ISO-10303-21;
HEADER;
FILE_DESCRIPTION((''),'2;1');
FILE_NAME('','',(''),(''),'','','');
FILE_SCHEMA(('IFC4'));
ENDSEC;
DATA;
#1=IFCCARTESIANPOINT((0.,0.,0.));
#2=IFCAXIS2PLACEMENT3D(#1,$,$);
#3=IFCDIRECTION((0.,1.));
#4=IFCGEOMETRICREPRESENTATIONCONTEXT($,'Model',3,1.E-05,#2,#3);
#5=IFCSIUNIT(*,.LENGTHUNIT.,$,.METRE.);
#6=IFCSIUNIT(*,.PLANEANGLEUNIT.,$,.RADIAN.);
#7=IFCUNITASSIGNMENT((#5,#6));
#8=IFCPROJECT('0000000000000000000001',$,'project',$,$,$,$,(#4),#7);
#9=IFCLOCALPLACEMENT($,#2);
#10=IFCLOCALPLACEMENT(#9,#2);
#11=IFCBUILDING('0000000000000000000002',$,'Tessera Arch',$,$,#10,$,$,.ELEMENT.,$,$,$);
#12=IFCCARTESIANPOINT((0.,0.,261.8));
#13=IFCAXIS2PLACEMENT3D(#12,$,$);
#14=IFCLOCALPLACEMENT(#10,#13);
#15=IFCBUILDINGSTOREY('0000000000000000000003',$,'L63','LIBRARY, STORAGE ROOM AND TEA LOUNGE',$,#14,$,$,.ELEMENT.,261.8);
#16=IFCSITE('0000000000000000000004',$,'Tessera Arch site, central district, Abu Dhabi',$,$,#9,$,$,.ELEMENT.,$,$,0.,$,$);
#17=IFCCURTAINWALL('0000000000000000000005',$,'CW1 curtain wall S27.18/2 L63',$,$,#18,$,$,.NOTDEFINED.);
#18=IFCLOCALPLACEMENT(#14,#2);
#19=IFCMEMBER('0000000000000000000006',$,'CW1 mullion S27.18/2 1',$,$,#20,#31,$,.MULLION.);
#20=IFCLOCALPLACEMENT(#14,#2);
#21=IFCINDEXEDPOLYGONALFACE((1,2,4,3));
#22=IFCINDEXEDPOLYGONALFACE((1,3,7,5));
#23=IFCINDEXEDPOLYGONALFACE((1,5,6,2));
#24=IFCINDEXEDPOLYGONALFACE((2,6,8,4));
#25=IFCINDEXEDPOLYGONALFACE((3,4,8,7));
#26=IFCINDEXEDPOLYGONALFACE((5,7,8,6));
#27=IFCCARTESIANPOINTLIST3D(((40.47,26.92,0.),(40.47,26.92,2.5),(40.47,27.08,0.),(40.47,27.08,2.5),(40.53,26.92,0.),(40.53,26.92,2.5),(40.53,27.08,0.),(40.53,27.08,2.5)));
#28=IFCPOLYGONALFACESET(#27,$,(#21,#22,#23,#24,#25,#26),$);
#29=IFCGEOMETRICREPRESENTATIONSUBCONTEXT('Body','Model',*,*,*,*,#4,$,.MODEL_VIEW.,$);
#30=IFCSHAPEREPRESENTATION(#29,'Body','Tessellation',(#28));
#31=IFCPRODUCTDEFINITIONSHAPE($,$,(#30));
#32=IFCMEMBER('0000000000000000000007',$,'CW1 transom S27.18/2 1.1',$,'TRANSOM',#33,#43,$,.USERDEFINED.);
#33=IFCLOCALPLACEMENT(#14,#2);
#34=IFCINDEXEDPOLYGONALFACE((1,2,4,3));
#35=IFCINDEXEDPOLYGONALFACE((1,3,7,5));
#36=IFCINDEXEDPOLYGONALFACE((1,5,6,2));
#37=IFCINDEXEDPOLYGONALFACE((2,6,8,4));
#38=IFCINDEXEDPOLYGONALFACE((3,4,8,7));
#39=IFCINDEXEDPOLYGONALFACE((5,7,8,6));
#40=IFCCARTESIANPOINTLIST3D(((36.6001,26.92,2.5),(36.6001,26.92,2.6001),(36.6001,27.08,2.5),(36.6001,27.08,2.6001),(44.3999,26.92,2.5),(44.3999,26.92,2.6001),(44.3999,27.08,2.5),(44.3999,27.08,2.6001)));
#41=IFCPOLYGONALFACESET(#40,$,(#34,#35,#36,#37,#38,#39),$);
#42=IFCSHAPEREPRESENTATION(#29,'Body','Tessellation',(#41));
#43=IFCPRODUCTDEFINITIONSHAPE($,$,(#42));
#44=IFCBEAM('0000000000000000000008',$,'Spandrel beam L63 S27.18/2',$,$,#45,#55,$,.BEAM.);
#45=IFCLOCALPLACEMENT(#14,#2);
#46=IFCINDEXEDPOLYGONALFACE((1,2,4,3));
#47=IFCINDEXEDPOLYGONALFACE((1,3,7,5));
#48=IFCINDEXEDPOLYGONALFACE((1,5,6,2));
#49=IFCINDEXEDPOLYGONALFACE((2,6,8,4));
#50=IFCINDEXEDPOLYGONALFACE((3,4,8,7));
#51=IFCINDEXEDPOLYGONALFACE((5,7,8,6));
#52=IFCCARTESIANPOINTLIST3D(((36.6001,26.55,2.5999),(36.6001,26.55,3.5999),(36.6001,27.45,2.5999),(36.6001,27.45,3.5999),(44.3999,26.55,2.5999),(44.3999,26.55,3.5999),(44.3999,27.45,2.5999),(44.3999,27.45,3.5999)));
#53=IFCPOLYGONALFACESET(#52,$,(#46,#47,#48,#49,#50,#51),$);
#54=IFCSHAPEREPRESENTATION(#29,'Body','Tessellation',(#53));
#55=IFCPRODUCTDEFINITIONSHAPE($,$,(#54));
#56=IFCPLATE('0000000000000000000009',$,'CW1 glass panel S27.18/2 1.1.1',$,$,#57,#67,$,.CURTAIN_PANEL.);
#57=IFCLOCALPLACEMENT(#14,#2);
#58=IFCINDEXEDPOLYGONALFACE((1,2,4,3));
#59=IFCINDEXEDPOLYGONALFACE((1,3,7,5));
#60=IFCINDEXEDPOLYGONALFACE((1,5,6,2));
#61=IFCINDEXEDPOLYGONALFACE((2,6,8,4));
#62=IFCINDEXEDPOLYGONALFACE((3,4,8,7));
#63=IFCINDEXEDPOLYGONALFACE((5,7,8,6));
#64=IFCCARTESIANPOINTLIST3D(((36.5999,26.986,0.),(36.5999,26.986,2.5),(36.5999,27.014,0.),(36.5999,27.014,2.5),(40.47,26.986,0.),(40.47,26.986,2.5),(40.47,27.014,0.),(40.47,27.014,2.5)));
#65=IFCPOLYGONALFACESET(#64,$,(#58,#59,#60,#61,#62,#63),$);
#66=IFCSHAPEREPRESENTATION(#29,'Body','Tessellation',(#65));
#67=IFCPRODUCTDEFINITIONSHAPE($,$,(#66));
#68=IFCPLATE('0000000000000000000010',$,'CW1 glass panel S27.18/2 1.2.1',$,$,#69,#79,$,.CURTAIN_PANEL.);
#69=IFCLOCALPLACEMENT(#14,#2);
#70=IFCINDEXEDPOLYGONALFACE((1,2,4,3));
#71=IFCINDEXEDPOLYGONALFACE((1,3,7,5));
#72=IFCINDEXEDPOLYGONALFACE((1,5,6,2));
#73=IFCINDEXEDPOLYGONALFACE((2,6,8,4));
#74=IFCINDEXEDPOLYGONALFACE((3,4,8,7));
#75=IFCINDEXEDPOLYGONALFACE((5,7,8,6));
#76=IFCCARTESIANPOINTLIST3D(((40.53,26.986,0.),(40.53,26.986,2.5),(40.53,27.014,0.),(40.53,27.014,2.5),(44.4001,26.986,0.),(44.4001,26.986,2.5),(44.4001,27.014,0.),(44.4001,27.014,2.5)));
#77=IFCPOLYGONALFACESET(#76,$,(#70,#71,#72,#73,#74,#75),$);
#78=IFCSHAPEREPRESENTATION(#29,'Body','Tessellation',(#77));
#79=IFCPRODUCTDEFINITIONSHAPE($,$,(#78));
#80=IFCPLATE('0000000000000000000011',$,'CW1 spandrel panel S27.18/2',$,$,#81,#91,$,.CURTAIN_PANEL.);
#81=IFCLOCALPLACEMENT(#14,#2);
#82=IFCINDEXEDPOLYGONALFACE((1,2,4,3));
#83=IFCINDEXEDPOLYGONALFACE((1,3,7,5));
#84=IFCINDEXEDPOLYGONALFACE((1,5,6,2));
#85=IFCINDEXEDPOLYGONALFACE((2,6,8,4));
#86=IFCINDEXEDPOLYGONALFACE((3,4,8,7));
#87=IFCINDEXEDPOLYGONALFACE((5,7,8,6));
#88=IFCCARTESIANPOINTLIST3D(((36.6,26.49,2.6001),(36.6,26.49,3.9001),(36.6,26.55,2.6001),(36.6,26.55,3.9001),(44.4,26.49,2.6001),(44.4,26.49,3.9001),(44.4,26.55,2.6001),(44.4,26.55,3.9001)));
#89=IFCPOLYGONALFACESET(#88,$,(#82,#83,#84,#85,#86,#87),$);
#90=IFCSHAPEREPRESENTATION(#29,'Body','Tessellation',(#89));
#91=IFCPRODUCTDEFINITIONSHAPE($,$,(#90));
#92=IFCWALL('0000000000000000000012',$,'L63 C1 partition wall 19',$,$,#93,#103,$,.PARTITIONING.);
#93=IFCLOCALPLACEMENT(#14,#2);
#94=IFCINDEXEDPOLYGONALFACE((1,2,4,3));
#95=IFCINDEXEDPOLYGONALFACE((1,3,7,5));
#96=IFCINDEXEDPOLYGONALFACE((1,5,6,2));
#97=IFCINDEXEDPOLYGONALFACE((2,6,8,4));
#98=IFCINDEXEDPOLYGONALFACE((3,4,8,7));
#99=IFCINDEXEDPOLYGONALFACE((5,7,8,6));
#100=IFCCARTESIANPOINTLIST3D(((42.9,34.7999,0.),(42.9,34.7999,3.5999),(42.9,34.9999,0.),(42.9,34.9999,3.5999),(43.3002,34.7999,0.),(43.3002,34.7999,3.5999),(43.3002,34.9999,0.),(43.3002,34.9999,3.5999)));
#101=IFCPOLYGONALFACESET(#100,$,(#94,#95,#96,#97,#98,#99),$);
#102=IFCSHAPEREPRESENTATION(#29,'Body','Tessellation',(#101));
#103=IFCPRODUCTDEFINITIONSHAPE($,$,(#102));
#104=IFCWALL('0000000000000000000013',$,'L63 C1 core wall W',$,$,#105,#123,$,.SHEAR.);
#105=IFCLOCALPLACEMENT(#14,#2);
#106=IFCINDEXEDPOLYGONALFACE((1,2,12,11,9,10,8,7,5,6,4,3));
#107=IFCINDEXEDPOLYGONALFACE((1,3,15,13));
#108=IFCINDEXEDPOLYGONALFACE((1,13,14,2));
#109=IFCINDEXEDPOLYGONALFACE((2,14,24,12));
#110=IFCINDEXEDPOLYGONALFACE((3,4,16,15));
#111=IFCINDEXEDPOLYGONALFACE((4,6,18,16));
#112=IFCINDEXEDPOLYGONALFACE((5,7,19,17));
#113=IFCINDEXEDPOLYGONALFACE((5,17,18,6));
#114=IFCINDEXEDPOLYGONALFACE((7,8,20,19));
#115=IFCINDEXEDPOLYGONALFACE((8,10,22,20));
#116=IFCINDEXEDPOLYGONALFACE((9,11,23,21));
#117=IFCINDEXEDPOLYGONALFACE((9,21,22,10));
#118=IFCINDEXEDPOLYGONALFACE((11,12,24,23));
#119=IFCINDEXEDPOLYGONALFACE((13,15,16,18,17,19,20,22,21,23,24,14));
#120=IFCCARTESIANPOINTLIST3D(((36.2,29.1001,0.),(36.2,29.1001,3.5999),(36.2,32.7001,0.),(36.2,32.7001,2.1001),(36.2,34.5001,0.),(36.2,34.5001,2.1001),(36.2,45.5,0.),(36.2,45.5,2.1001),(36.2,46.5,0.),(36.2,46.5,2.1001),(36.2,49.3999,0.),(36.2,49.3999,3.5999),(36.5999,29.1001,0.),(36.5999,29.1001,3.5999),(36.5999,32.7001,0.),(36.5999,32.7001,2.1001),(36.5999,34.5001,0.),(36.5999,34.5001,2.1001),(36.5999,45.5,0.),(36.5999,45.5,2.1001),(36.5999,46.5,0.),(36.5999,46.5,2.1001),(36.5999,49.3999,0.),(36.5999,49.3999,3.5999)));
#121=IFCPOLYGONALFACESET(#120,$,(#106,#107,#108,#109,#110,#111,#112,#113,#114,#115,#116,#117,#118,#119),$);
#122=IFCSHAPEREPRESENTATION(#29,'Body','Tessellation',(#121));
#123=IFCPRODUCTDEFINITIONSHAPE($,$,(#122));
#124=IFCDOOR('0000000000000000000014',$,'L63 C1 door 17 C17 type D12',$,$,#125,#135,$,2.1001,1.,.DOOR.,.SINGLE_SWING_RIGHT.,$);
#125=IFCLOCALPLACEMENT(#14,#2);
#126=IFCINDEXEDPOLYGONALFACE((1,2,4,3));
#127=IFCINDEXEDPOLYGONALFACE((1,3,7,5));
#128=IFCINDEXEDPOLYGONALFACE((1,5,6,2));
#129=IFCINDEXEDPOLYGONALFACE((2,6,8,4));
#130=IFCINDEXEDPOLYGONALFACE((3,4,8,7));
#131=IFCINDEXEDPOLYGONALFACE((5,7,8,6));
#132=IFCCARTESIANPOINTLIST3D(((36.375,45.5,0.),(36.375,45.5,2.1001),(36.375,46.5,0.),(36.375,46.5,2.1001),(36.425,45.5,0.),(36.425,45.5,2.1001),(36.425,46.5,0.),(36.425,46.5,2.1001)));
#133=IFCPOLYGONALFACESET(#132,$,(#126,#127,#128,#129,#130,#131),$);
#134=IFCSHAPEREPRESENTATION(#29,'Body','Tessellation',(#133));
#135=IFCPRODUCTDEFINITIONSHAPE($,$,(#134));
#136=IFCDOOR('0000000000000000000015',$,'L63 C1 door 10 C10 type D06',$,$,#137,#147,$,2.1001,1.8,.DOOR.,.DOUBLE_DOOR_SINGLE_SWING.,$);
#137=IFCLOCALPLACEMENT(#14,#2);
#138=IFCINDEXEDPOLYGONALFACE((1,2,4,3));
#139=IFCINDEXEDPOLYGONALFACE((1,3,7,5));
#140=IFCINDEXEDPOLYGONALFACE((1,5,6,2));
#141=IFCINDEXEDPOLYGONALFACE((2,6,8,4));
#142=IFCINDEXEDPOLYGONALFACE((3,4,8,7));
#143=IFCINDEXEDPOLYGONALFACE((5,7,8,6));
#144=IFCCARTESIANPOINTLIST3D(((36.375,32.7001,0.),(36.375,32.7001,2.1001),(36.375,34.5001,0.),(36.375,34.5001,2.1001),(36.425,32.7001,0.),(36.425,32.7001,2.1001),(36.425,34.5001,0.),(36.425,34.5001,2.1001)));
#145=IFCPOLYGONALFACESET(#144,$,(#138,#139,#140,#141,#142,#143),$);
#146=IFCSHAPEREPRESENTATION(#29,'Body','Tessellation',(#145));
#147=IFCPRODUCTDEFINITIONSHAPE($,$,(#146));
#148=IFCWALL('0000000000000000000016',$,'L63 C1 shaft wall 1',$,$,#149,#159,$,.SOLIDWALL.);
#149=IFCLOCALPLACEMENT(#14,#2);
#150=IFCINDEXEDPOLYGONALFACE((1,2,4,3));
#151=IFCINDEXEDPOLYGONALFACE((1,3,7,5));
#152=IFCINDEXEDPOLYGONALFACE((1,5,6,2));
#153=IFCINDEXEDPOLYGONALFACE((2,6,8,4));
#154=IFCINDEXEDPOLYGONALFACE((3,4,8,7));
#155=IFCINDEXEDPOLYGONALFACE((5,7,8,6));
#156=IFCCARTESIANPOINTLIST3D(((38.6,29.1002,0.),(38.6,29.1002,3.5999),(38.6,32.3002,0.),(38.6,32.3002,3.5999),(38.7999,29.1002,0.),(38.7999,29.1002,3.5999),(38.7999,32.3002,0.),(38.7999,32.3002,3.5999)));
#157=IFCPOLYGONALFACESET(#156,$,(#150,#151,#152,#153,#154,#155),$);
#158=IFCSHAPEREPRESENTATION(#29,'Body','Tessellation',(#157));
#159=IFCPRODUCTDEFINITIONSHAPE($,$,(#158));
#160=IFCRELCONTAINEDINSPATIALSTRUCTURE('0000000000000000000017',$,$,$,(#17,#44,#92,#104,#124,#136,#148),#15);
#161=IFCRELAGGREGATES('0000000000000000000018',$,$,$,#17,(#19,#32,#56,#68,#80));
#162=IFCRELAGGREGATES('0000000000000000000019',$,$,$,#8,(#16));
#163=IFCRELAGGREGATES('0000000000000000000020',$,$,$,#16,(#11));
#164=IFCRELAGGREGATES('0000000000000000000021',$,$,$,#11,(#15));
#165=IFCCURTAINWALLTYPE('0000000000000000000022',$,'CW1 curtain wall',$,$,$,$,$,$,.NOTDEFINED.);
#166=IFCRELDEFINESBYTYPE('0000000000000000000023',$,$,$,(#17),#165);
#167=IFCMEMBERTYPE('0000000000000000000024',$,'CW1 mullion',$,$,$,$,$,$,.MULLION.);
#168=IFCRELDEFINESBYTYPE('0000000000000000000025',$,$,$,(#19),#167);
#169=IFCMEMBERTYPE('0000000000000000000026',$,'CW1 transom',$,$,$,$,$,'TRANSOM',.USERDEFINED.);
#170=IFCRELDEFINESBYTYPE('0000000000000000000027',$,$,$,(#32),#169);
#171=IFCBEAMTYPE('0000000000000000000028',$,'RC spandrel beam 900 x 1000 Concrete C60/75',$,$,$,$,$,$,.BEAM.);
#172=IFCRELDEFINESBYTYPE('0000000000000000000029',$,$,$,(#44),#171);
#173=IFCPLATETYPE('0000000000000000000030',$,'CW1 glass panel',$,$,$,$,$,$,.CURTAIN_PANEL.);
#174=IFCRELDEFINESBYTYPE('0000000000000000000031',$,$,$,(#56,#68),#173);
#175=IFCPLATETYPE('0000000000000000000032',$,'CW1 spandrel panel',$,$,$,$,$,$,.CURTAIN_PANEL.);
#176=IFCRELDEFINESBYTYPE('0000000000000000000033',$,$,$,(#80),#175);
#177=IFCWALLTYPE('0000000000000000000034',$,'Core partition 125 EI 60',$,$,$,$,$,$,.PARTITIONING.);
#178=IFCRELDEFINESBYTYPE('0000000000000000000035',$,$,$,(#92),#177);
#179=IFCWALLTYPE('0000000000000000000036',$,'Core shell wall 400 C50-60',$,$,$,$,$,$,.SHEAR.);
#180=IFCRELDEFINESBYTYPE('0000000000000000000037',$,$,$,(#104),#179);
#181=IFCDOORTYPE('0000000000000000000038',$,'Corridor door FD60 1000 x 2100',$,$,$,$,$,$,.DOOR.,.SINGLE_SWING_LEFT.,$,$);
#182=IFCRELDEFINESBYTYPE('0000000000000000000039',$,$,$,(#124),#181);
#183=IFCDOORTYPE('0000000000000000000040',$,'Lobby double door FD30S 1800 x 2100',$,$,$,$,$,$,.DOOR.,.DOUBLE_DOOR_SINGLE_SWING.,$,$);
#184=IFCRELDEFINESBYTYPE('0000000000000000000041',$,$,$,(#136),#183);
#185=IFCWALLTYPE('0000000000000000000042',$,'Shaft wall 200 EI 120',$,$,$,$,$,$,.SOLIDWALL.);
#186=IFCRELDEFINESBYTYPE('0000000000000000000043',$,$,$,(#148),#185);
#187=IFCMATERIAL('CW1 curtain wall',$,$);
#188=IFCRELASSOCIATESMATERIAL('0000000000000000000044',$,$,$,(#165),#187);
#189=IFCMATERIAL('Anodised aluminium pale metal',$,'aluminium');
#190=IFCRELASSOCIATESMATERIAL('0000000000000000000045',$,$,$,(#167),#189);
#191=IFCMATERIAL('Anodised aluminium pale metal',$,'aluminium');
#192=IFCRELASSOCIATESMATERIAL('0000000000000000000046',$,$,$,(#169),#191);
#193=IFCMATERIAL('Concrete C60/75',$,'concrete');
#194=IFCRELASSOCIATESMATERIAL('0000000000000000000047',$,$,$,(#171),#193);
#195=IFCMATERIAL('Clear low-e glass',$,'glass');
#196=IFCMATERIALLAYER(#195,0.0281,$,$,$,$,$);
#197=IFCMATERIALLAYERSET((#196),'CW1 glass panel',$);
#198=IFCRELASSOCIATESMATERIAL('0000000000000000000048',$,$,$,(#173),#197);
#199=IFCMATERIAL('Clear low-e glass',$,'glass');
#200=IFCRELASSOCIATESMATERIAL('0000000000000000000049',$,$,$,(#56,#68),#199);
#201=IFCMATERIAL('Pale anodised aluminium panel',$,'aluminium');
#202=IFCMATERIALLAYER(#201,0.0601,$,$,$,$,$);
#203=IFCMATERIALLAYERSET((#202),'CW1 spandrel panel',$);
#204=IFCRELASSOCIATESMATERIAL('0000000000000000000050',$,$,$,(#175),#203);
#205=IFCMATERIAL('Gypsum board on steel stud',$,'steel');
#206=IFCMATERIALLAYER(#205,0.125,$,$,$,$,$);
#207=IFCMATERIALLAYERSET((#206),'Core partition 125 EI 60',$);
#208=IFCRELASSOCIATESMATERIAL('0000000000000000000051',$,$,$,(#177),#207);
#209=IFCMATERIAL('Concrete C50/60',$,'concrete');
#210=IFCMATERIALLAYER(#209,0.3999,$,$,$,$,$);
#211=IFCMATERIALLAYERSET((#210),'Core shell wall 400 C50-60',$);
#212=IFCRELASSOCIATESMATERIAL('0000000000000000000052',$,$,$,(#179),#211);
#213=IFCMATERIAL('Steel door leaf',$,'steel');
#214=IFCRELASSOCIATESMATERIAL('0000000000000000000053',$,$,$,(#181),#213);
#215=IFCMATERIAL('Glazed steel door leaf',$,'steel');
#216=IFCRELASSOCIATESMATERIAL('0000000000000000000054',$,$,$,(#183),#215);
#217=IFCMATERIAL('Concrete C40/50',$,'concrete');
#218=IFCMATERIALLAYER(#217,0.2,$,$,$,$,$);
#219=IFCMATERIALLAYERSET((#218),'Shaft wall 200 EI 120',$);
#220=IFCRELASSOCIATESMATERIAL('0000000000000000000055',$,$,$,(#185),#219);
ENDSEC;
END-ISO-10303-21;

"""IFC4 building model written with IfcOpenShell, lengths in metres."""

from ifc_helpers import new_model, si_unit, direction, frame, frame_2d, origin, origin_2d, place, context, subcontext, project, spatial, rectangle, extrude, material, layer, layer_set, material_profile, profile_set, type_object, element, fill, aggregate, save


model = new_model("IFC4")

# Units and contexts
model_context = context("Model", 3, precision=1e-05, world=origin(), true_north=direction((0.0, 1.0)))
body_context = subcontext(model_context, "Body", "Model", "MODEL_VIEW")
ifc_project = project(units=[si_unit("LENGTHUNIT", "METRE"), si_unit("PLANEANGLEUNIT", "RADIAN")], contexts=[model_context])

# Site, building, storey
site_placement = place(None, origin())
site = spatial("IfcSite", under=ifc_project, at=site_placement, Name="Tessera Arch site, central district, Abu Dhabi", CompositionType="ELEMENT", RefElevation=0.0)
building_placement = place(site_placement, origin())
building = spatial("IfcBuilding", under=site, at=building_placement, Name="Tessera Arch", CompositionType="ELEMENT")
storey_placement = place(building_placement, frame((0.0, 0.0, 261.8)))
storey = spatial("IfcBuildingStorey", under=building, at=storey_placement, Name="L63", Description="LIBRARY, STORAGE ROOM AND TEA LOUNGE", CompositionType="ELEMENT", Elevation=261.8)

# Curtain wall, members
ifc_material_1 = material(Name="CW1 curtain wall")
curtain_wall_type = type_object("IfcCurtainWallType", Name="CW1 curtain wall", PredefinedType="NOTDEFINED", material=ifc_material_1)
curtain_wall_placement = place(storey_placement, origin())
curtain_wall = element("IfcCurtainWall", 1, at=curtain_wall_placement, inside=storey, type_object=curtain_wall_type, Name="CW1 curtain wall S27.18/2 L63", PredefinedType="NOTDEFINED")
ifc_material_2 = material(Name="Anodised aluminium pale metal", Category="aluminium")
ifc_material_profile_1 = material_profile(ifc_material_2, rectangle(XDim=0.1599, YDim=0.0601, at=origin_2d()), Name="AL 60x160")
ifc_profile_set_1 = profile_set([ifc_material_profile_1], Name="Anodised aluminium pale metal")
member_type_1 = type_object("IfcMemberType", Name="CW1 mullion", PredefinedType="MULLION", material=ifc_profile_set_1)
member_1_placement = place(storey_placement, frame((40.5, 27.0, 0.0), z_axis=(0.0, 0.0, 1.0), x_axis=(0.0, 1.0, 0.0)))
member_1 = element("IfcMember", 2, at=member_1_placement, type_object=member_type_1, Name="CW1 mullion S27.18/2 1", PredefinedType="MULLION", context=body_context, shape_type="SweptSolid", body=[
    extrude(rectangle(XDim=0.1599, YDim=0.0601, at=origin_2d()), origin(), (0.0, 0.0, 1.0), 2.5),
])
ifc_material_3 = material(Name="Anodised aluminium pale metal", Category="aluminium")
ifc_material_profile_2 = material_profile(ifc_material_3, rectangle(XDim=0.1599, YDim=0.1001, at=origin_2d()), Name="AL 160x100")
ifc_profile_set_2 = profile_set([ifc_material_profile_2], Name="Anodised aluminium pale metal")
member_type_2 = type_object("IfcMemberType", Name="CW1 transom", ElementType="TRANSOM", PredefinedType="USERDEFINED", material=ifc_profile_set_2)
member_2_placement = place(storey_placement, frame((36.6001, 27.0, 2.55), z_axis=(1.0, 0.0, 0.0), x_axis=(0.0, 1.0, 0.0)))
member_2 = element("IfcMember", 3, at=member_2_placement, type_object=member_type_2, Name="CW1 transom S27.18/2 1.1", ObjectType="TRANSOM", PredefinedType="USERDEFINED", context=body_context, shape_type="SweptSolid", body=[
    extrude(rectangle(XDim=0.1599, YDim=0.1001, at=origin_2d()), origin(), (0.0, 0.0, 1.0), 7.7998),
])

# Beam
ifc_material_4 = material(Name="Concrete C60/75", Category="concrete")
ifc_material_profile_3 = material_profile(ifc_material_4, rectangle(XDim=0.8999, YDim=1.0, at=origin_2d()), Name="RC spandrel beam 900 x 1000 Concrete C60/75")
ifc_profile_set_3 = profile_set([ifc_material_profile_3], Name="Concrete C60/75")
beam_type = type_object("IfcBeamType", Name="RC spandrel beam 900 x 1000 Concrete C60/75", PredefinedType="BEAM", material=ifc_profile_set_3)
beam_placement = place(storey_placement, frame((36.6001, 27.0, 3.0999), z_axis=(1.0, 0.0, 0.0), x_axis=(0.0, 1.0, 0.0)))
element("IfcBeam", 4, at=beam_placement, inside=storey, type_object=beam_type, Name="Spandrel beam L63 S27.18/2", PredefinedType="BEAM", context=body_context, shape_type="SweptSolid", body=[
    extrude(rectangle(XDim=0.8999, YDim=1.0, at=origin_2d()), origin(), (0.0, 0.0, 1.0), 7.7998),
])

# Plates
ifc_material_5 = material(Name="Clear low-e glass", Category="glass")
ifc_material_6 = material(Name="Clear low-e glass", Category="glass")
ifc_layer_1 = layer(ifc_material_6, 0.0281)
ifc_layer_set_1 = layer_set([ifc_layer_1], Name="CW1 glass panel")
plate_type_1 = type_object("IfcPlateType", Name="CW1 glass panel", PredefinedType="CURTAIN_PANEL", material=ifc_layer_set_1)
plate_1_placement = place(storey_placement, frame((38.5349, 27.0, 0.0), z_axis=(0.0, 0.0, 1.0), x_axis=(1.0, 0.0, 0.0)))
plate_1 = element("IfcPlate", 5, at=plate_1_placement, type_object=plate_type_1, material=ifc_material_5, Name="CW1 glass panel S27.18/2 1.1.1", PredefinedType="CURTAIN_PANEL", context=body_context, shape_type="SweptSolid", body=[
    extrude(rectangle(XDim=3.8701, YDim=0.0281, at=origin_2d()), origin(), (0.0, 0.0, 1.0), 2.5),
])
plate_2_placement = place(storey_placement, frame((42.4651, 27.0, 0.0), z_axis=(0.0, 0.0, 1.0), x_axis=(1.0, 0.0, 0.0)))
plate_2 = element("IfcPlate", 6, at=plate_2_placement, type_object=plate_type_1, material=ifc_material_5, Name="CW1 glass panel S27.18/2 1.2.1", PredefinedType="CURTAIN_PANEL", context=body_context, shape_type="SweptSolid", body=[
    extrude(rectangle(XDim=3.8701, YDim=0.0281, at=origin_2d()), origin(), (0.0, 0.0, 1.0), 2.5),
])
ifc_material_7 = material(Name="Pale anodised aluminium panel", Category="aluminium")
ifc_layer_2 = layer(ifc_material_7, 0.0601)
ifc_layer_set_2 = layer_set([ifc_layer_2], Name="CW1 spandrel panel")
plate_type_2 = type_object("IfcPlateType", Name="CW1 spandrel panel", PredefinedType="CURTAIN_PANEL", material=ifc_layer_set_2)
plate_3_placement = place(storey_placement, frame((40.5, 26.52, 2.6001), z_axis=(0.0, 0.0, 1.0), x_axis=(1.0, 0.0, 0.0)))
plate_3 = element("IfcPlate", 7, at=plate_3_placement, type_object=plate_type_2, Name="CW1 spandrel panel S27.18/2", PredefinedType="CURTAIN_PANEL", context=body_context, shape_type="SweptSolid", body=[
    extrude(rectangle(XDim=7.8, YDim=0.0601, at=origin_2d()), origin(), (0.0, 0.0, 1.0), 1.3),
])
aggregate(curtain_wall, [member_1, member_2, plate_1, plate_2, plate_3])

# Wall
ifc_material_8 = material(Name="Gypsum board on steel stud", Category="steel")
ifc_layer_3 = layer(ifc_material_8, 0.125)
ifc_layer_set_3 = layer_set([ifc_layer_3], Name="Core partition 125 EI 60")
wall_type_1 = type_object("IfcWallType", Name="Core partition 125 EI 60", PredefinedType="PARTITIONING", material=ifc_layer_set_3)
wall_1_placement = place(storey_placement, frame((42.8999, 34.8999, 0.0), z_axis=(0.0, 0.0, 1.0), x_axis=(1.0, 0.0, 0.0)))
element("IfcWall", 8, at=wall_1_placement, inside=storey, type_object=wall_type_1, Name="L63 C1 partition wall 19", PredefinedType="PARTITIONING", context=body_context, shape_type="SweptSolid", body=[
    extrude(rectangle(XDim=0.4001, YDim=0.2, at=frame_2d((0.2002, 0.0))), origin(), (0.0, 0.0, 1.0), 3.5999),
])

# Wall, openings, doors
ifc_material_9 = material(Name="Concrete C50/60", Category="concrete")
ifc_layer_4 = layer(ifc_material_9, 0.3999)
ifc_layer_set_4 = layer_set([ifc_layer_4], Name="Core shell wall 400 C50-60")
wall_type_2 = type_object("IfcWallType", Name="Core shell wall 400 C50-60", PredefinedType="SHEAR", material=ifc_layer_set_4)
wall_2_placement = place(storey_placement, frame((36.3999, 29.1001, 0.0), z_axis=(0.0, 0.0, 1.0), x_axis=(0.0, 1.0, 0.0)))
wall_2 = element("IfcWall", 9, at=wall_2_placement, inside=storey, type_object=wall_type_2, Name="L63 C1 core wall W", PredefinedType="SHEAR", context=body_context, shape_type="SweptSolid", body=[
    extrude(rectangle(XDim=20.2998, YDim=0.3999, at=frame_2d((10.1499, 0.0))), origin(), (0.0, 0.0, 1.0), 3.5999),
])
opening_1_placement = place(wall_2_placement, frame((3.6001, 0.0, 0.0)))
opening_1 = element("IfcOpeningElement", 10, at=opening_1_placement, cuts=wall_2, PredefinedType="OPENING", context=body_context, shape_type="SweptSolid", body=[
    extrude(rectangle(XDim=1.8, YDim=2.1001, at=frame_2d((0.8999, 1.05))), frame((0.0, 0.21, 0.0), z_axis=(0.0, -1.0, 0.0), x_axis=(1.0, 0.0, 0.0)), (0.0, 0.0, 1.0), 0.4199),
])
opening_2_placement = place(wall_2_placement, frame((16.3999, 0.0, 0.0)))
opening_2 = element("IfcOpeningElement", 11, at=opening_2_placement, cuts=wall_2, PredefinedType="OPENING", context=body_context, shape_type="SweptSolid", body=[
    extrude(rectangle(XDim=1.0, YDim=2.1001, at=frame_2d((0.5, 1.05))), frame((0.0, 0.21, 0.0), z_axis=(0.0, -1.0, 0.0), x_axis=(1.0, 0.0, 0.0)), (0.0, 0.0, 1.0), 0.4199),
])
ifc_material_10 = material(Name="Steel door leaf", Category="steel")
door_type_1 = type_object("IfcDoorType", Name="Corridor door FD60 1000 x 2100", OperationType="SINGLE_SWING_LEFT", PredefinedType="DOOR", material=ifc_material_10)
door_1_placement = place(opening_2_placement, origin())
door_1 = element("IfcDoor", 12, at=door_1_placement, inside=storey, type_object=door_type_1, Name="L63 C1 door 17 C17 type D12", OperationType="SINGLE_SWING_RIGHT", OverallHeight=2.1001, OverallWidth=1.0, PredefinedType="DOOR", context=body_context, shape_type="SweptSolid", body=[
    extrude(rectangle(XDim=1.0, YDim=2.1001, at=frame_2d((0.5, 1.05))), frame((0.0, 0.0249, 0.0), z_axis=(0.0, -1.0, 0.0), x_axis=(1.0, 0.0, 0.0)), (0.0, 0.0, 1.0), 0.05),
])
fill(opening_2, door_1)
ifc_material_11 = material(Name="Glazed steel door leaf", Category="steel")
door_type_2 = type_object("IfcDoorType", Name="Lobby double door FD30S 1800 x 2100", OperationType="DOUBLE_DOOR_SINGLE_SWING", PredefinedType="DOOR", material=ifc_material_11)
door_2_placement = place(opening_1_placement, origin())
door_2 = element("IfcDoor", 13, at=door_2_placement, inside=storey, type_object=door_type_2, Name="L63 C1 door 10 C10 type D06", OperationType="DOUBLE_DOOR_SINGLE_SWING", OverallHeight=2.1001, OverallWidth=1.8, PredefinedType="DOOR", context=body_context, shape_type="SweptSolid", body=[
    extrude(rectangle(XDim=1.8, YDim=2.1001, at=frame_2d((0.8999, 1.05))), frame((0.0, 0.0249, 0.0), z_axis=(0.0, -1.0, 0.0), x_axis=(1.0, 0.0, 0.0)), (0.0, 0.0, 1.0), 0.05),
])
fill(opening_1, door_2)

# Wall
ifc_material_12 = material(Name="Concrete C40/50", Category="concrete")
ifc_layer_5 = layer(ifc_material_12, 0.2)
ifc_layer_set_5 = layer_set([ifc_layer_5], Name="Shaft wall 200 EI 120")
wall_type_3 = type_object("IfcWallType", Name="Shaft wall 200 EI 120", PredefinedType="SOLIDWALL", material=ifc_layer_set_5)
wall_3_placement = place(storey_placement, frame((38.7, 29.1001, 0.0), z_axis=(0.0, 0.0, 1.0), x_axis=(0.0, 1.0, 0.0)))
element("IfcWall", 14, at=wall_3_placement, inside=storey, type_object=wall_type_3, Name="L63 C1 shaft wall 1", PredefinedType="SOLIDWALL", context=body_context, shape_type="SweptSolid", body=[
    extrude(rectangle(XDim=3.2, YDim=0.2, at=frame_2d((1.6001, 0.0))), origin(), (0.0, 0.0, 1.0), 3.5999),
])

save(model, "model.ifc")
